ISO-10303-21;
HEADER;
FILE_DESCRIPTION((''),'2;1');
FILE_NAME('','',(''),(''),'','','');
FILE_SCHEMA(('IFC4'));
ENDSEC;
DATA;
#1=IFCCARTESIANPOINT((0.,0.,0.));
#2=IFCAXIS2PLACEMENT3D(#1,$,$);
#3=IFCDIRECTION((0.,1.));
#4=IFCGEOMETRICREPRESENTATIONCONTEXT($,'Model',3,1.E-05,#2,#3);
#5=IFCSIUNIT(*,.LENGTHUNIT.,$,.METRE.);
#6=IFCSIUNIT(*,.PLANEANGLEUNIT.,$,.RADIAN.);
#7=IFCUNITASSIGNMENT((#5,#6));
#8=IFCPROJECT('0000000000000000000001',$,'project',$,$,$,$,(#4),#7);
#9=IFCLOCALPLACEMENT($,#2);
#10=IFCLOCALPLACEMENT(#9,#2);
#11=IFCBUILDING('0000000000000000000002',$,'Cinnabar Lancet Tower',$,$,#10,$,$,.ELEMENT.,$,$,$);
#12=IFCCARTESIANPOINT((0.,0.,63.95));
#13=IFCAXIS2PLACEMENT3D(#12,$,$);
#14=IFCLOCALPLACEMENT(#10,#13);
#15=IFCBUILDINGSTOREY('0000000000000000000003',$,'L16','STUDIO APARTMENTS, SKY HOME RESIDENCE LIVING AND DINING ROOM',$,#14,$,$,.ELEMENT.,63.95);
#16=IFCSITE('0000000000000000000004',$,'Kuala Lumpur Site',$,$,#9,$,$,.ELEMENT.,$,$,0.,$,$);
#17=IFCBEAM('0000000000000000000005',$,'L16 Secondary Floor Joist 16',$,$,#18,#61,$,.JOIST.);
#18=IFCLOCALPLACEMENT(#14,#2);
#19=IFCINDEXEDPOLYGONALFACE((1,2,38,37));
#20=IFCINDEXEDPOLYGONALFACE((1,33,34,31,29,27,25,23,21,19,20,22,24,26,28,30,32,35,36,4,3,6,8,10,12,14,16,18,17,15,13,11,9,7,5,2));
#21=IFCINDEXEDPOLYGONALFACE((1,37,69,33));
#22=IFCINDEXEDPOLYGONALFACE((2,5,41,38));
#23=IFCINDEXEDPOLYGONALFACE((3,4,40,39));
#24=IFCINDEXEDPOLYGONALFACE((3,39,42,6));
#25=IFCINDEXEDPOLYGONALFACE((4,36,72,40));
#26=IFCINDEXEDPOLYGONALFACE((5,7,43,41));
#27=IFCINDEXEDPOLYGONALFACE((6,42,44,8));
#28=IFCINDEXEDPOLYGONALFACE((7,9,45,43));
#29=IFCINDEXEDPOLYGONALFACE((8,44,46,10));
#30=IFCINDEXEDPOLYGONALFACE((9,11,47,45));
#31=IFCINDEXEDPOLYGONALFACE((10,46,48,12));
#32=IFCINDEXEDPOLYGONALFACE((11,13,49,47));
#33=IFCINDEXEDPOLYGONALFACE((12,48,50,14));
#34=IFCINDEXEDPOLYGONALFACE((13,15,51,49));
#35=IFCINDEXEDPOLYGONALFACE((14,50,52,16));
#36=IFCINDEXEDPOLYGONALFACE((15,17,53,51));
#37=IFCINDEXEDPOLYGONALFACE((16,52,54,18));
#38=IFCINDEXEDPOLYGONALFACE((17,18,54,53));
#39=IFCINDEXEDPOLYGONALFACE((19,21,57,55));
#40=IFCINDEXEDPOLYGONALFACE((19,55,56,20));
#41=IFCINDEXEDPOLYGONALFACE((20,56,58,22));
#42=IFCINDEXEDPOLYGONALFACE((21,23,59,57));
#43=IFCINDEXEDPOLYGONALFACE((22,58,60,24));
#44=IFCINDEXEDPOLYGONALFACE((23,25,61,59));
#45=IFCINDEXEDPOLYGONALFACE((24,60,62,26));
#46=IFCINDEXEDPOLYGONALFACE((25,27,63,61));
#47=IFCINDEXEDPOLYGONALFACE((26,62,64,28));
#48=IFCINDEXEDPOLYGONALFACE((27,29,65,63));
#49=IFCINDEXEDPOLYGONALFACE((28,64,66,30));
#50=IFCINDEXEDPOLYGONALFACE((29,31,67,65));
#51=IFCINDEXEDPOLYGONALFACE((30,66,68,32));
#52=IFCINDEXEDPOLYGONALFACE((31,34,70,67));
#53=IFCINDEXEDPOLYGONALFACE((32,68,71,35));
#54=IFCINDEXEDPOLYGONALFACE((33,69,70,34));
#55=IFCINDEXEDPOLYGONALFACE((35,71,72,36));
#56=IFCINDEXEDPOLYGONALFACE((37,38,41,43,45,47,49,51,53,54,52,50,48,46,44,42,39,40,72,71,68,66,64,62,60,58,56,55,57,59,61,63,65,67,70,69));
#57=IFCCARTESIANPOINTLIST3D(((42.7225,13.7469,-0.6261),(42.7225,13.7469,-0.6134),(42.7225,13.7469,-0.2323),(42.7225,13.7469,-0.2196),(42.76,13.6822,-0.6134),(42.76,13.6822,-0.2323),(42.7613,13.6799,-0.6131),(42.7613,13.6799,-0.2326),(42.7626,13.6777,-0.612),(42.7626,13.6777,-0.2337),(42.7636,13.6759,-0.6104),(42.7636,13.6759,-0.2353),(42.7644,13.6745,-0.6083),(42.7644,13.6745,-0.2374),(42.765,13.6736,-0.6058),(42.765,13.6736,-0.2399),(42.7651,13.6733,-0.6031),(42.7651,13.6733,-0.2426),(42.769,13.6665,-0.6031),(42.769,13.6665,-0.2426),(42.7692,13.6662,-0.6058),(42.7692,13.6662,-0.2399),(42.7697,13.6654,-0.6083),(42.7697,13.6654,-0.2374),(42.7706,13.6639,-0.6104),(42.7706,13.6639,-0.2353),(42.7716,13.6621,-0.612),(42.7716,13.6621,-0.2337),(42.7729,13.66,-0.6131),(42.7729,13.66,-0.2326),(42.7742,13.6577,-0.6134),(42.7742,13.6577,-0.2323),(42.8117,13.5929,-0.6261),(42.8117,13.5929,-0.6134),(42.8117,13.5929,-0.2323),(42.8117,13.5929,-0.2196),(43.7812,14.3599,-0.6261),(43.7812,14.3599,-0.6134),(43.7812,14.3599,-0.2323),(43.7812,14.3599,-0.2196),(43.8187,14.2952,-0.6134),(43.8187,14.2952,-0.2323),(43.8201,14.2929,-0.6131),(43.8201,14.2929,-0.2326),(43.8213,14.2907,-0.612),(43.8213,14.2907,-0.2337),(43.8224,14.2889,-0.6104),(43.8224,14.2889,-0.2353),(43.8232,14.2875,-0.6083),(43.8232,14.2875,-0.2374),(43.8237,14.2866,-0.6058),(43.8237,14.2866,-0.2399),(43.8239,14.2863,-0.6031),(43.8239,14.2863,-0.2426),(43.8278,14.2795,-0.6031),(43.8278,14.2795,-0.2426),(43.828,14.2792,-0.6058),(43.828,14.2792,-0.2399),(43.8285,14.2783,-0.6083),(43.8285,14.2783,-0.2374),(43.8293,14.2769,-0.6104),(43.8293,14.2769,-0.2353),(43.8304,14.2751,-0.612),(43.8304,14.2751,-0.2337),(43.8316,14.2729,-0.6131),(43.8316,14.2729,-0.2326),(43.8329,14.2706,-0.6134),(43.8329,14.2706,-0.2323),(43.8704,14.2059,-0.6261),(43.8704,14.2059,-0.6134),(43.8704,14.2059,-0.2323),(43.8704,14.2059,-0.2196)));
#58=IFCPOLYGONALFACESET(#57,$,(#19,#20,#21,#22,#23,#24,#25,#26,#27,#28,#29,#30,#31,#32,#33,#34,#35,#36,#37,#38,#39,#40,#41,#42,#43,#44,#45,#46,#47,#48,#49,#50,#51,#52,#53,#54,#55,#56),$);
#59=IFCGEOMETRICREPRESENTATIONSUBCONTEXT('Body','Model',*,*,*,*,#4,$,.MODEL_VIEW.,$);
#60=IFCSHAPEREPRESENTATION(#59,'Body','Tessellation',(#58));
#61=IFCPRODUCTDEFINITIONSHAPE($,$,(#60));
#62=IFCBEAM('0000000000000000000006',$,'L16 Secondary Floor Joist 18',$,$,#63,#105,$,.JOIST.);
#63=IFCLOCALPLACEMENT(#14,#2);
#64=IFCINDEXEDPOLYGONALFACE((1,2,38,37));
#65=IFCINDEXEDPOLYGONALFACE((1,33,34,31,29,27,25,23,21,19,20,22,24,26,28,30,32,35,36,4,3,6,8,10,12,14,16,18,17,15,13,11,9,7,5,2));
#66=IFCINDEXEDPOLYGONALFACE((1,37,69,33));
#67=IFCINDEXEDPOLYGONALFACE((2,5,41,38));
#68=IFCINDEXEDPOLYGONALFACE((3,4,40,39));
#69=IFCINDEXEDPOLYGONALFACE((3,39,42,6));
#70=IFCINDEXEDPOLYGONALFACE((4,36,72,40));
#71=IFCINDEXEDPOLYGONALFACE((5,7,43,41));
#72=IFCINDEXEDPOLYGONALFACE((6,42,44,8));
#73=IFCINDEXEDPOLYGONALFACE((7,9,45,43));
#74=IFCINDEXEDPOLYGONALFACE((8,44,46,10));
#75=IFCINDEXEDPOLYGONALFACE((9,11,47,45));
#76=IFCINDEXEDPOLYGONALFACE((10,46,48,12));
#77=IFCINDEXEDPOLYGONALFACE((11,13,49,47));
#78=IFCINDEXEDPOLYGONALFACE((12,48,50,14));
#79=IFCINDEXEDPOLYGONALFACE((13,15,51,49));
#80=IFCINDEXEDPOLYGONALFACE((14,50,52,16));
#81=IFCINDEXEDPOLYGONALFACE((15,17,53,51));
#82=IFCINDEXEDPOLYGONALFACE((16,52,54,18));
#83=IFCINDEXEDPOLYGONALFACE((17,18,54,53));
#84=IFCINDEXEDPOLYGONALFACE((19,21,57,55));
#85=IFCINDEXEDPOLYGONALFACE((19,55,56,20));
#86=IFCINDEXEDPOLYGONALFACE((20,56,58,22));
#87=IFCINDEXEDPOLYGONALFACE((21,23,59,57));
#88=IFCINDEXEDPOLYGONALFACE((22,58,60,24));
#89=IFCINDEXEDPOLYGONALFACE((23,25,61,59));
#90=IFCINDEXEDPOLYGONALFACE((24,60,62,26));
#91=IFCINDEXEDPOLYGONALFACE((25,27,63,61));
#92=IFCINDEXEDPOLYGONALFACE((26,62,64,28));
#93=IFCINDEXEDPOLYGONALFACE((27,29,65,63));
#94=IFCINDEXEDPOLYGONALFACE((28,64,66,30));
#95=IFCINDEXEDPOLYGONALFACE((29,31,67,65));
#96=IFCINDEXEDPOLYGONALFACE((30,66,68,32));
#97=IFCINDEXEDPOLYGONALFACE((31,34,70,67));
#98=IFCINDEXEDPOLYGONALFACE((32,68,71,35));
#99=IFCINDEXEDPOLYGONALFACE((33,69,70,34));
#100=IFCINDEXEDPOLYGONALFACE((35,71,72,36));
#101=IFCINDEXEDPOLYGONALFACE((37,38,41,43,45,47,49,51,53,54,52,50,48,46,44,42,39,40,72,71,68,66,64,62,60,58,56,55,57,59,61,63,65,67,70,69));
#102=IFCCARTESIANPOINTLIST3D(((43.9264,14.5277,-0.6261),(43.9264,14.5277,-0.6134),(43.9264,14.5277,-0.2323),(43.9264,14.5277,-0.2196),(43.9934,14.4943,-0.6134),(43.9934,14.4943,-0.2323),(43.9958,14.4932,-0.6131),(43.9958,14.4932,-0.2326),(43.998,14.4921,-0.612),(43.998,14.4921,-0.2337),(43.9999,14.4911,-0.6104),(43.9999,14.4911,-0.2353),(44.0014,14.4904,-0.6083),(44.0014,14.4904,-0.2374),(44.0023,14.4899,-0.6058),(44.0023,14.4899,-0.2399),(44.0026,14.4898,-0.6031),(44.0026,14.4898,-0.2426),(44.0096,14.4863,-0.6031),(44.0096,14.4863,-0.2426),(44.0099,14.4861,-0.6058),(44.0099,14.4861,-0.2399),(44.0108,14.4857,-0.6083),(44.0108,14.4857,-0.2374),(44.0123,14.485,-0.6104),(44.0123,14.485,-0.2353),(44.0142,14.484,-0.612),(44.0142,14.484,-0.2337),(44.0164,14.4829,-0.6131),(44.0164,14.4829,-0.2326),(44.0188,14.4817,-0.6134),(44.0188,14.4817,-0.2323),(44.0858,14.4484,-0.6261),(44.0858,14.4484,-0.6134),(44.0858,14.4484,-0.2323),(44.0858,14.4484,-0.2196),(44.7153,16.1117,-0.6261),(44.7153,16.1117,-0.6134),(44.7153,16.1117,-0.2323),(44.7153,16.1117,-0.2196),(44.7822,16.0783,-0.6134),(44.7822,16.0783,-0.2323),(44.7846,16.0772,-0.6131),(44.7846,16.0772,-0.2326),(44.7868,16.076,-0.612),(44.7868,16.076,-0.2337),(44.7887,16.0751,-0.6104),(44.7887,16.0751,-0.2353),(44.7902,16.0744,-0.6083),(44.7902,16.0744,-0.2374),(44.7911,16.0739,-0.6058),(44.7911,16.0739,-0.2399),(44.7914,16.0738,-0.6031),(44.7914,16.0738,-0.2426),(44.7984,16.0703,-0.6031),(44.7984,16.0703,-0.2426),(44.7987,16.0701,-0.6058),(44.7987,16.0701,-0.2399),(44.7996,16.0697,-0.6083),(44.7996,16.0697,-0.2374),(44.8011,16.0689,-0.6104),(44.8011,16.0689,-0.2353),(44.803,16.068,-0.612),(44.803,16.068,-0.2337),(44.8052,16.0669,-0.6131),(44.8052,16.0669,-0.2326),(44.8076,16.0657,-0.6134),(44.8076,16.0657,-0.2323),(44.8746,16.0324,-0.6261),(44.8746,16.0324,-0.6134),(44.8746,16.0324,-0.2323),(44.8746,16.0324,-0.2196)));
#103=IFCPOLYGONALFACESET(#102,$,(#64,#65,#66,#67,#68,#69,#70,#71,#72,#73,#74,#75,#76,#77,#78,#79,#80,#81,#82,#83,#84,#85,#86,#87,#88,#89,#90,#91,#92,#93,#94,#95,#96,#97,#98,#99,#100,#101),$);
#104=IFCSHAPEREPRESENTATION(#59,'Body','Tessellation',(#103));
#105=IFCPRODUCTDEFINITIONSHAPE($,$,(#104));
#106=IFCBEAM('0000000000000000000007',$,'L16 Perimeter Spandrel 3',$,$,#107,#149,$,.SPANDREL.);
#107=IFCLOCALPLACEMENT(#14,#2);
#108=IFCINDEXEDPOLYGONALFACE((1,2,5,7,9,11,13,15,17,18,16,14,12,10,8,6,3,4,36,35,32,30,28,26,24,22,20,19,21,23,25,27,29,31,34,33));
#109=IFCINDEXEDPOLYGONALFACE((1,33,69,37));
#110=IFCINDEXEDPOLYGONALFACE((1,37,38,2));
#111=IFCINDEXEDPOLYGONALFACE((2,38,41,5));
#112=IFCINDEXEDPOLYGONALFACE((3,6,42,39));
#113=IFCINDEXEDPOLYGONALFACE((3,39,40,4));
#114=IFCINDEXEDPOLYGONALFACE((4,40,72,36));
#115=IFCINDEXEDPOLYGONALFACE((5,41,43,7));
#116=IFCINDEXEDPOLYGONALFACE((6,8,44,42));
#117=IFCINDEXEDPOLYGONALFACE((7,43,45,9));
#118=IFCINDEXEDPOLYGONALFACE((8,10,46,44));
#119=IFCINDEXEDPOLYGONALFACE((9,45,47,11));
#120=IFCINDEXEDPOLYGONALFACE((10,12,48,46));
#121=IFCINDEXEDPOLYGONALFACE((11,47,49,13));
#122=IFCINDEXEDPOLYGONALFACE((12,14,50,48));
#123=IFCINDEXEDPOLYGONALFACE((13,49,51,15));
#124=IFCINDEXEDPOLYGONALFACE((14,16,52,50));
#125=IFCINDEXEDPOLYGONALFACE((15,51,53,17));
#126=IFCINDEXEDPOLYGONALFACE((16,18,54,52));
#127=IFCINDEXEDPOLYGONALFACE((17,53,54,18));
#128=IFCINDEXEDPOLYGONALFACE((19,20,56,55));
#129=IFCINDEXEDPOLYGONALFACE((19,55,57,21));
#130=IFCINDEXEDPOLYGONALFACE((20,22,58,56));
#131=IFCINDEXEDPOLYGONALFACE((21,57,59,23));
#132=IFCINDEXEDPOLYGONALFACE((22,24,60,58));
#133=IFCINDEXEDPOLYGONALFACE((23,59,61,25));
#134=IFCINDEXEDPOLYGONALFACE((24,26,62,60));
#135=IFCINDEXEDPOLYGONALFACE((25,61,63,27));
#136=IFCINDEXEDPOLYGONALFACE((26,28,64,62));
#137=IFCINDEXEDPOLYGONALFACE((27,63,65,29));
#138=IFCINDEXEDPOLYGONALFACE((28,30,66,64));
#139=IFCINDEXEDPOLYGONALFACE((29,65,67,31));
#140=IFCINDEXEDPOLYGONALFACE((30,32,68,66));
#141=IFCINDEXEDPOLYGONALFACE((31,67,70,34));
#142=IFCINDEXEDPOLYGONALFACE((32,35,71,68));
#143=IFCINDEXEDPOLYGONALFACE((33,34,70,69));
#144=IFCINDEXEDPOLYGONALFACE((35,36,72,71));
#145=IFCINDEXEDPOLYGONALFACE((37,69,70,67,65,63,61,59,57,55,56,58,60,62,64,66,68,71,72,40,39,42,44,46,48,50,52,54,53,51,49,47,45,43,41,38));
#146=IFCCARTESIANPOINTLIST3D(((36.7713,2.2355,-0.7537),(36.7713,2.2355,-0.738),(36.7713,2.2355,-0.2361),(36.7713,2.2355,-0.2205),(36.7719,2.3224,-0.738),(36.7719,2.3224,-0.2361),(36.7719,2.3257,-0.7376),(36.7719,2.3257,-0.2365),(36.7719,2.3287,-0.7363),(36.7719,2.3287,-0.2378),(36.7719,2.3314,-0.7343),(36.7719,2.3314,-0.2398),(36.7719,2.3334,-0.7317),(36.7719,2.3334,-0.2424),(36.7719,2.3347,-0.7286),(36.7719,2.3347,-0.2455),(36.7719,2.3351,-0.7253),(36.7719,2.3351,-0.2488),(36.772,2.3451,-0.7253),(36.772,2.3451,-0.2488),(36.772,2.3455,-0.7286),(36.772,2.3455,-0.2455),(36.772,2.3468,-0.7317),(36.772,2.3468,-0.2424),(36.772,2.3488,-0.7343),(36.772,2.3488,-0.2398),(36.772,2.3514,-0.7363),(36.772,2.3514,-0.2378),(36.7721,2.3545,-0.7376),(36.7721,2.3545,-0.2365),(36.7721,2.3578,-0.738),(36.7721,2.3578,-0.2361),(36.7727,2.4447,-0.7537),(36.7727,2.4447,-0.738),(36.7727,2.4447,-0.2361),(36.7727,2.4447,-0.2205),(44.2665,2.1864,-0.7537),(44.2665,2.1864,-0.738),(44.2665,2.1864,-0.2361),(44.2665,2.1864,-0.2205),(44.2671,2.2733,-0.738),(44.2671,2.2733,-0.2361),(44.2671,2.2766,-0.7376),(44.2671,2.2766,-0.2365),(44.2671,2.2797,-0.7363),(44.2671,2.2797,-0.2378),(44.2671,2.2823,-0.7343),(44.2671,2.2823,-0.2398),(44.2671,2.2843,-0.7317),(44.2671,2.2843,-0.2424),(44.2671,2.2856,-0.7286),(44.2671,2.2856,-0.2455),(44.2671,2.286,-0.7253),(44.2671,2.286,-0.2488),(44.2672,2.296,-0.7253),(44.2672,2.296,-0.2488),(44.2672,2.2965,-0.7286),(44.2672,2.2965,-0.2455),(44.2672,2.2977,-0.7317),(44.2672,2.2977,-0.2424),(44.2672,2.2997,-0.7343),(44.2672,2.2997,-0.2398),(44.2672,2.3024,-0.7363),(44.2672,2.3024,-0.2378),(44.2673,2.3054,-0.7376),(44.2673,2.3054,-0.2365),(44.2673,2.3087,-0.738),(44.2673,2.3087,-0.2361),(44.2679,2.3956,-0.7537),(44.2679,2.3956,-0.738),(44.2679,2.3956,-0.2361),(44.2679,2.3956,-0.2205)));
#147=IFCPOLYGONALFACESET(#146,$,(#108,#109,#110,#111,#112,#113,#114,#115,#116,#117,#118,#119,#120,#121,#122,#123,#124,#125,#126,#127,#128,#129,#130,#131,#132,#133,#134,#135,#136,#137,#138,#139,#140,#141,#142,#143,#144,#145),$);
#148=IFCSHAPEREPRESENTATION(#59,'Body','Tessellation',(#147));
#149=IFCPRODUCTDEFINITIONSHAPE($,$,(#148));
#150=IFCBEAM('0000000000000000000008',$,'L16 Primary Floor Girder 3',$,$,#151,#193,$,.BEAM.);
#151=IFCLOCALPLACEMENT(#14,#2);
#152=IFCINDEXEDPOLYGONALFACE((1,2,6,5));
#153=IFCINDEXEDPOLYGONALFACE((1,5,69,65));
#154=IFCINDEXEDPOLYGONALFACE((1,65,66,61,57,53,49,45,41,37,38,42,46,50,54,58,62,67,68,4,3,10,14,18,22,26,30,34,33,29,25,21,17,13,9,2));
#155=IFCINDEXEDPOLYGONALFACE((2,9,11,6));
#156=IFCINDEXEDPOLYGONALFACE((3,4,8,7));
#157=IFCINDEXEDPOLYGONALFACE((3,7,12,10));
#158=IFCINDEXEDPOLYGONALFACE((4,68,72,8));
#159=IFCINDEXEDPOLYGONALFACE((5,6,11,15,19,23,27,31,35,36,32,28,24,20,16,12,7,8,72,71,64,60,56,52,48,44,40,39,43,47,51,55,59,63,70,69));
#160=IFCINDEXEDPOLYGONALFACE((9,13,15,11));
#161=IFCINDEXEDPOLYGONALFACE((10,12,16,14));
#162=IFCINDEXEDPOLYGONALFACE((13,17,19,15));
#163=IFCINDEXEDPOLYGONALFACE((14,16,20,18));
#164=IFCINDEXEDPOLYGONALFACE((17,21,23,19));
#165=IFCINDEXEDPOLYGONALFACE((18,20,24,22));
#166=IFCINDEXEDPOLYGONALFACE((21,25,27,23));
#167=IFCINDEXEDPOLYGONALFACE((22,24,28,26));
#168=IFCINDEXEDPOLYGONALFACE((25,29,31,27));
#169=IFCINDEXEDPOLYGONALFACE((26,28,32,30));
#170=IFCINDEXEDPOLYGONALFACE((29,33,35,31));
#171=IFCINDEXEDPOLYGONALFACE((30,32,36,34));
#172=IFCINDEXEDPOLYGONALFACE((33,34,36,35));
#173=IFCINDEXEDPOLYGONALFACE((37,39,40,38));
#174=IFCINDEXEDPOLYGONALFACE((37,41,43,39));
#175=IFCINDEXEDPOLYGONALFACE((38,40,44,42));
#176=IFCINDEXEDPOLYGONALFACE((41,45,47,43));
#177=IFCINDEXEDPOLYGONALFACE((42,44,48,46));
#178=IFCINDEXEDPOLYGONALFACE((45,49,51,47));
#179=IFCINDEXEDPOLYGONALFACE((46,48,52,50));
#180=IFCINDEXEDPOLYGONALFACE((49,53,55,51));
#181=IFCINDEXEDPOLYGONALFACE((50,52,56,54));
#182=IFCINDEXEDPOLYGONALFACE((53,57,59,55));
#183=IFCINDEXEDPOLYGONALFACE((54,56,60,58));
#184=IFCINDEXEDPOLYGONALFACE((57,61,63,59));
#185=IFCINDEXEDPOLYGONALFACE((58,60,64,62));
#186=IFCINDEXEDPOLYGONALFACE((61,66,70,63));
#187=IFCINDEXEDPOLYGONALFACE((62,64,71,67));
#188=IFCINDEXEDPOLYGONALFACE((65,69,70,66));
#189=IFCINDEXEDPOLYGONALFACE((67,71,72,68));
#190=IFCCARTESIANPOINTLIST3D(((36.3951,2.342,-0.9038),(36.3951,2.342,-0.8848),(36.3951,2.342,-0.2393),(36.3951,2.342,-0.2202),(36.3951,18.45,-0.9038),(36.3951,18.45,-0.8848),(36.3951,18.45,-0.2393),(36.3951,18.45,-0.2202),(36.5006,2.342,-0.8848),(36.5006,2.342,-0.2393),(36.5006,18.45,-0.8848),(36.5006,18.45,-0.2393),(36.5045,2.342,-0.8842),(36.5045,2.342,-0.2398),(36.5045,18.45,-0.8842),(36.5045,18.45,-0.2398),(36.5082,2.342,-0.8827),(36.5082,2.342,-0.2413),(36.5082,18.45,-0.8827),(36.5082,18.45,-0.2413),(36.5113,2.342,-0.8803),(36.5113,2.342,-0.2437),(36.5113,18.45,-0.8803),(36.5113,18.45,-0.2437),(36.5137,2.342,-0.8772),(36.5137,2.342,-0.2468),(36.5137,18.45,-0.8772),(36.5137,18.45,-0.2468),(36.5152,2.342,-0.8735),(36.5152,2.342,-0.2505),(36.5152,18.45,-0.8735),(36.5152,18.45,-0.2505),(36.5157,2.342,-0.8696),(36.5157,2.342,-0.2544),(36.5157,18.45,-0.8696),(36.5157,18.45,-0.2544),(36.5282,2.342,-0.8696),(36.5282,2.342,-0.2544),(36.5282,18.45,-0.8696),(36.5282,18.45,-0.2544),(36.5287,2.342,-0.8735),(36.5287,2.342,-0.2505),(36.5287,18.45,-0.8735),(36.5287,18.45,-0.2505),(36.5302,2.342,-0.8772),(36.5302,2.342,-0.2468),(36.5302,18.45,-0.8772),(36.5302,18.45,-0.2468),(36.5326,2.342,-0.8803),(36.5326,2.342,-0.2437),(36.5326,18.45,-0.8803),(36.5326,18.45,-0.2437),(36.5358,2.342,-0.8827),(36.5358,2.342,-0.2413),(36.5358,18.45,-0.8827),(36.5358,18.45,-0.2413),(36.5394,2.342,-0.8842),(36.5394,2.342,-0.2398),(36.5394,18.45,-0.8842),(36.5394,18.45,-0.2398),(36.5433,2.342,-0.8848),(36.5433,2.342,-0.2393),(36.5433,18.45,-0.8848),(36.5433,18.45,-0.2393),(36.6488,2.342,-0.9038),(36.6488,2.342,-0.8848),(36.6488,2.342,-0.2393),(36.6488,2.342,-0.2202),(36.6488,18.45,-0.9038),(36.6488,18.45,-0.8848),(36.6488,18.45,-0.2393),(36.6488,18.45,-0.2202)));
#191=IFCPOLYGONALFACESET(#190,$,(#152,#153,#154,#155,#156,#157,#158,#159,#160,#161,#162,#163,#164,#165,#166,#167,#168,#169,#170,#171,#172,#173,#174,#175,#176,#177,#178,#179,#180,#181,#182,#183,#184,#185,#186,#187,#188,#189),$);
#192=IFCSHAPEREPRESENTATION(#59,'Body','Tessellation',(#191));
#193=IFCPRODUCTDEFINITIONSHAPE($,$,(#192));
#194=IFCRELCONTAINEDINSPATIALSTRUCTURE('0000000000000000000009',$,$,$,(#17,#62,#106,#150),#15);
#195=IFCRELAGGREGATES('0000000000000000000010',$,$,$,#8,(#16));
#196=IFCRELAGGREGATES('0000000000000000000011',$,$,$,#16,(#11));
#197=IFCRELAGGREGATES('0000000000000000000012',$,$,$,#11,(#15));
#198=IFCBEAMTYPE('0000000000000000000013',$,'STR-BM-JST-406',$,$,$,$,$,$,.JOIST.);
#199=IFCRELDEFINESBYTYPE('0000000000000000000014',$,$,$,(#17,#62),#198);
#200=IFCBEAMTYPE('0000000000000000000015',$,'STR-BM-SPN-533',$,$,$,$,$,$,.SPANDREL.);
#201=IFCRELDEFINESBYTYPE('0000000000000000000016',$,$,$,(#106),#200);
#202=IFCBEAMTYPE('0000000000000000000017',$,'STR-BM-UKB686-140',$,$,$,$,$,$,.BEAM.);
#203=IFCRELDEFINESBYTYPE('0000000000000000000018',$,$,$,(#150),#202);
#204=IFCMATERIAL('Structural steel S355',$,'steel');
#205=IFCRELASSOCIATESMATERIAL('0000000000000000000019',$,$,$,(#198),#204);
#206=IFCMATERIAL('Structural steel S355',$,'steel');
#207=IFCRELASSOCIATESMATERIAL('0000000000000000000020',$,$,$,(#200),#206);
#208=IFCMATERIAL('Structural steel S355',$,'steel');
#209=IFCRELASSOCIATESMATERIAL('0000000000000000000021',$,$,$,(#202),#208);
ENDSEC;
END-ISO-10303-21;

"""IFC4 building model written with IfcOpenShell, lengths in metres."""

from ifc_helpers import new_model, si_unit, direction, frame, origin, origin_2d, place, context, subcontext, project, spatial, i_section, extrude, material, material_profile, profile_set, type_object, element, save


model = new_model("IFC4")

# Units and contexts
model_context = context("Model", 3, precision=1e-05, world=origin(), true_north=direction((0.0, 1.0)))
body_context = subcontext(model_context, "Body", "Model", "MODEL_VIEW")
ifc_project = project(units=[si_unit("LENGTHUNIT", "METRE"), si_unit("PLANEANGLEUNIT", "RADIAN")], contexts=[model_context])

# Site, building, storey
site_placement = place(None, origin())
site = spatial("IfcSite", under=ifc_project, at=site_placement, Name="Kuala Lumpur Site", CompositionType="ELEMENT", RefElevation=0.0)
building_placement = place(site_placement, origin())
building = spatial("IfcBuilding", under=site, at=building_placement, Name="Cinnabar Lancet Tower", CompositionType="ELEMENT")
storey_placement = place(building_placement, frame((0.0, 0.0, 63.95)))
storey = spatial("IfcBuildingStorey", under=building, at=storey_placement, Name="L16", Description="STUDIO APARTMENTS, SKY HOME RESIDENCE LIVING AND DINING ROOM", CompositionType="ELEMENT", Elevation=63.95)

# Beams
ifc_material_1 = material(Name="Structural steel S355", Category="steel")
ifc_material_profile_1 = material_profile(ifc_material_1, i_section(OverallWidth=0.178, OverallDepth=0.4065, WebThickness=0.0078, FlangeThickness=0.0127, FilletRadius=0.0103, at=origin_2d()), Name="UKB 406x178x60")
ifc_profile_set_1 = profile_set([ifc_material_profile_1], Name="Structural steel S355")
beam_type_1 = type_object("IfcBeamType", Name="STR-BM-JST-406", PredefinedType="JOIST", material=ifc_profile_set_1)
beam_1_placement = place(storey_placement, frame((42.7671, 13.6699, -0.4229), z_axis=(0.865417, 0.501052, 0.0), x_axis=(-0.501052, 0.865417, 0.0)))
element("IfcBeam", 1, at=beam_1_placement, inside=storey, type_object=beam_type_1, Name="L16 Secondary Floor Joist 16", PredefinedType="JOIST", context=body_context, shape_type="SweptSolid", body=[
    extrude(i_section(OverallWidth=0.178, OverallDepth=0.4065, WebThickness=0.0078, FlangeThickness=0.0127, FilletRadius=0.0103, at=origin_2d()), origin(), (0.0, 0.0, 1.0), 1.2234),
])
beam_2_placement = place(storey_placement, frame((44.0061, 14.488, -0.4229), z_axis=(0.445778, 0.895143, 0.0), x_axis=(-0.895143, 0.445778, 0.0)))
element("IfcBeam", 2, at=beam_2_placement, inside=storey, type_object=beam_type_1, Name="L16 Secondary Floor Joist 18", PredefinedType="JOIST", context=body_context, shape_type="SweptSolid", body=[
    extrude(i_section(OverallWidth=0.178, OverallDepth=0.4065, WebThickness=0.0078, FlangeThickness=0.0127, FilletRadius=0.0103, at=origin_2d()), origin(), (0.0, 0.0, 1.0), 1.7695),
])
ifc_material_2 = material(Name="Structural steel S355", Category="steel")
ifc_material_profile_2 = material_profile(ifc_material_2, i_section(OverallWidth=0.2092, OverallDepth=0.5332, WebThickness=0.01, FlangeThickness=0.0156, FilletRadius=0.0127, at=origin_2d()), Name="UKB 533x210x92")
ifc_profile_set_2 = profile_set([ifc_material_profile_2], Name="Structural steel S355")
beam_type_2 = type_object("IfcBeamType", Name="STR-BM-SPN-533", PredefinedType="SPANDREL", material=ifc_profile_set_2)
beam_3_placement = place(storey_placement, frame((36.772, 2.3401, -0.4871), z_axis=(0.999979, -0.006547, 0.0), x_axis=(0.006547, 0.999979, 0.0)))
element("IfcBeam", 3, at=beam_3_placement, inside=storey, type_object=beam_type_2, Name="L16 Perimeter Spandrel 3", PredefinedType="SPANDREL", context=body_context, shape_type="SweptSolid", body=[
    extrude(i_section(OverallWidth=0.2092, OverallDepth=0.5332, WebThickness=0.01, FlangeThickness=0.0156, FilletRadius=0.0127, at=origin_2d()), origin(), (0.0, 0.0, 1.0), 7.4954),
])
ifc_material_3 = material(Name="Structural steel S355", Category="steel")
ifc_material_profile_3 = material_profile(ifc_material_3, i_section(OverallWidth=0.2537, OverallDepth=0.6836, WebThickness=0.0125, FlangeThickness=0.019, FilletRadius=0.0151, at=origin_2d()), Name="UKB 686x254x140")
ifc_profile_set_3 = profile_set([ifc_material_profile_3], Name="Structural steel S355")
beam_type_3 = type_object("IfcBeamType", Name="STR-BM-UKB686-140", PredefinedType="BEAM", material=ifc_profile_set_3)
beam_4_placement = place(storey_placement, frame((36.522, 2.342, -0.562), z_axis=(0.0, 1.0, 0.0), x_axis=(-1.0, 0.0, 0.0)))
element("IfcBeam", 4, at=beam_4_placement, inside=storey, type_object=beam_type_3, Name="L16 Primary Floor Girder 3", PredefinedType="BEAM", context=body_context, shape_type="SweptSolid", body=[
    extrude(i_section(OverallWidth=0.2537, OverallDepth=0.6836, WebThickness=0.0125, FlangeThickness=0.019, FilletRadius=0.0151, at=origin_2d()), origin(), (0.0, 0.0, 1.0), 16.1079),
])

save(model, "model.ifc")
